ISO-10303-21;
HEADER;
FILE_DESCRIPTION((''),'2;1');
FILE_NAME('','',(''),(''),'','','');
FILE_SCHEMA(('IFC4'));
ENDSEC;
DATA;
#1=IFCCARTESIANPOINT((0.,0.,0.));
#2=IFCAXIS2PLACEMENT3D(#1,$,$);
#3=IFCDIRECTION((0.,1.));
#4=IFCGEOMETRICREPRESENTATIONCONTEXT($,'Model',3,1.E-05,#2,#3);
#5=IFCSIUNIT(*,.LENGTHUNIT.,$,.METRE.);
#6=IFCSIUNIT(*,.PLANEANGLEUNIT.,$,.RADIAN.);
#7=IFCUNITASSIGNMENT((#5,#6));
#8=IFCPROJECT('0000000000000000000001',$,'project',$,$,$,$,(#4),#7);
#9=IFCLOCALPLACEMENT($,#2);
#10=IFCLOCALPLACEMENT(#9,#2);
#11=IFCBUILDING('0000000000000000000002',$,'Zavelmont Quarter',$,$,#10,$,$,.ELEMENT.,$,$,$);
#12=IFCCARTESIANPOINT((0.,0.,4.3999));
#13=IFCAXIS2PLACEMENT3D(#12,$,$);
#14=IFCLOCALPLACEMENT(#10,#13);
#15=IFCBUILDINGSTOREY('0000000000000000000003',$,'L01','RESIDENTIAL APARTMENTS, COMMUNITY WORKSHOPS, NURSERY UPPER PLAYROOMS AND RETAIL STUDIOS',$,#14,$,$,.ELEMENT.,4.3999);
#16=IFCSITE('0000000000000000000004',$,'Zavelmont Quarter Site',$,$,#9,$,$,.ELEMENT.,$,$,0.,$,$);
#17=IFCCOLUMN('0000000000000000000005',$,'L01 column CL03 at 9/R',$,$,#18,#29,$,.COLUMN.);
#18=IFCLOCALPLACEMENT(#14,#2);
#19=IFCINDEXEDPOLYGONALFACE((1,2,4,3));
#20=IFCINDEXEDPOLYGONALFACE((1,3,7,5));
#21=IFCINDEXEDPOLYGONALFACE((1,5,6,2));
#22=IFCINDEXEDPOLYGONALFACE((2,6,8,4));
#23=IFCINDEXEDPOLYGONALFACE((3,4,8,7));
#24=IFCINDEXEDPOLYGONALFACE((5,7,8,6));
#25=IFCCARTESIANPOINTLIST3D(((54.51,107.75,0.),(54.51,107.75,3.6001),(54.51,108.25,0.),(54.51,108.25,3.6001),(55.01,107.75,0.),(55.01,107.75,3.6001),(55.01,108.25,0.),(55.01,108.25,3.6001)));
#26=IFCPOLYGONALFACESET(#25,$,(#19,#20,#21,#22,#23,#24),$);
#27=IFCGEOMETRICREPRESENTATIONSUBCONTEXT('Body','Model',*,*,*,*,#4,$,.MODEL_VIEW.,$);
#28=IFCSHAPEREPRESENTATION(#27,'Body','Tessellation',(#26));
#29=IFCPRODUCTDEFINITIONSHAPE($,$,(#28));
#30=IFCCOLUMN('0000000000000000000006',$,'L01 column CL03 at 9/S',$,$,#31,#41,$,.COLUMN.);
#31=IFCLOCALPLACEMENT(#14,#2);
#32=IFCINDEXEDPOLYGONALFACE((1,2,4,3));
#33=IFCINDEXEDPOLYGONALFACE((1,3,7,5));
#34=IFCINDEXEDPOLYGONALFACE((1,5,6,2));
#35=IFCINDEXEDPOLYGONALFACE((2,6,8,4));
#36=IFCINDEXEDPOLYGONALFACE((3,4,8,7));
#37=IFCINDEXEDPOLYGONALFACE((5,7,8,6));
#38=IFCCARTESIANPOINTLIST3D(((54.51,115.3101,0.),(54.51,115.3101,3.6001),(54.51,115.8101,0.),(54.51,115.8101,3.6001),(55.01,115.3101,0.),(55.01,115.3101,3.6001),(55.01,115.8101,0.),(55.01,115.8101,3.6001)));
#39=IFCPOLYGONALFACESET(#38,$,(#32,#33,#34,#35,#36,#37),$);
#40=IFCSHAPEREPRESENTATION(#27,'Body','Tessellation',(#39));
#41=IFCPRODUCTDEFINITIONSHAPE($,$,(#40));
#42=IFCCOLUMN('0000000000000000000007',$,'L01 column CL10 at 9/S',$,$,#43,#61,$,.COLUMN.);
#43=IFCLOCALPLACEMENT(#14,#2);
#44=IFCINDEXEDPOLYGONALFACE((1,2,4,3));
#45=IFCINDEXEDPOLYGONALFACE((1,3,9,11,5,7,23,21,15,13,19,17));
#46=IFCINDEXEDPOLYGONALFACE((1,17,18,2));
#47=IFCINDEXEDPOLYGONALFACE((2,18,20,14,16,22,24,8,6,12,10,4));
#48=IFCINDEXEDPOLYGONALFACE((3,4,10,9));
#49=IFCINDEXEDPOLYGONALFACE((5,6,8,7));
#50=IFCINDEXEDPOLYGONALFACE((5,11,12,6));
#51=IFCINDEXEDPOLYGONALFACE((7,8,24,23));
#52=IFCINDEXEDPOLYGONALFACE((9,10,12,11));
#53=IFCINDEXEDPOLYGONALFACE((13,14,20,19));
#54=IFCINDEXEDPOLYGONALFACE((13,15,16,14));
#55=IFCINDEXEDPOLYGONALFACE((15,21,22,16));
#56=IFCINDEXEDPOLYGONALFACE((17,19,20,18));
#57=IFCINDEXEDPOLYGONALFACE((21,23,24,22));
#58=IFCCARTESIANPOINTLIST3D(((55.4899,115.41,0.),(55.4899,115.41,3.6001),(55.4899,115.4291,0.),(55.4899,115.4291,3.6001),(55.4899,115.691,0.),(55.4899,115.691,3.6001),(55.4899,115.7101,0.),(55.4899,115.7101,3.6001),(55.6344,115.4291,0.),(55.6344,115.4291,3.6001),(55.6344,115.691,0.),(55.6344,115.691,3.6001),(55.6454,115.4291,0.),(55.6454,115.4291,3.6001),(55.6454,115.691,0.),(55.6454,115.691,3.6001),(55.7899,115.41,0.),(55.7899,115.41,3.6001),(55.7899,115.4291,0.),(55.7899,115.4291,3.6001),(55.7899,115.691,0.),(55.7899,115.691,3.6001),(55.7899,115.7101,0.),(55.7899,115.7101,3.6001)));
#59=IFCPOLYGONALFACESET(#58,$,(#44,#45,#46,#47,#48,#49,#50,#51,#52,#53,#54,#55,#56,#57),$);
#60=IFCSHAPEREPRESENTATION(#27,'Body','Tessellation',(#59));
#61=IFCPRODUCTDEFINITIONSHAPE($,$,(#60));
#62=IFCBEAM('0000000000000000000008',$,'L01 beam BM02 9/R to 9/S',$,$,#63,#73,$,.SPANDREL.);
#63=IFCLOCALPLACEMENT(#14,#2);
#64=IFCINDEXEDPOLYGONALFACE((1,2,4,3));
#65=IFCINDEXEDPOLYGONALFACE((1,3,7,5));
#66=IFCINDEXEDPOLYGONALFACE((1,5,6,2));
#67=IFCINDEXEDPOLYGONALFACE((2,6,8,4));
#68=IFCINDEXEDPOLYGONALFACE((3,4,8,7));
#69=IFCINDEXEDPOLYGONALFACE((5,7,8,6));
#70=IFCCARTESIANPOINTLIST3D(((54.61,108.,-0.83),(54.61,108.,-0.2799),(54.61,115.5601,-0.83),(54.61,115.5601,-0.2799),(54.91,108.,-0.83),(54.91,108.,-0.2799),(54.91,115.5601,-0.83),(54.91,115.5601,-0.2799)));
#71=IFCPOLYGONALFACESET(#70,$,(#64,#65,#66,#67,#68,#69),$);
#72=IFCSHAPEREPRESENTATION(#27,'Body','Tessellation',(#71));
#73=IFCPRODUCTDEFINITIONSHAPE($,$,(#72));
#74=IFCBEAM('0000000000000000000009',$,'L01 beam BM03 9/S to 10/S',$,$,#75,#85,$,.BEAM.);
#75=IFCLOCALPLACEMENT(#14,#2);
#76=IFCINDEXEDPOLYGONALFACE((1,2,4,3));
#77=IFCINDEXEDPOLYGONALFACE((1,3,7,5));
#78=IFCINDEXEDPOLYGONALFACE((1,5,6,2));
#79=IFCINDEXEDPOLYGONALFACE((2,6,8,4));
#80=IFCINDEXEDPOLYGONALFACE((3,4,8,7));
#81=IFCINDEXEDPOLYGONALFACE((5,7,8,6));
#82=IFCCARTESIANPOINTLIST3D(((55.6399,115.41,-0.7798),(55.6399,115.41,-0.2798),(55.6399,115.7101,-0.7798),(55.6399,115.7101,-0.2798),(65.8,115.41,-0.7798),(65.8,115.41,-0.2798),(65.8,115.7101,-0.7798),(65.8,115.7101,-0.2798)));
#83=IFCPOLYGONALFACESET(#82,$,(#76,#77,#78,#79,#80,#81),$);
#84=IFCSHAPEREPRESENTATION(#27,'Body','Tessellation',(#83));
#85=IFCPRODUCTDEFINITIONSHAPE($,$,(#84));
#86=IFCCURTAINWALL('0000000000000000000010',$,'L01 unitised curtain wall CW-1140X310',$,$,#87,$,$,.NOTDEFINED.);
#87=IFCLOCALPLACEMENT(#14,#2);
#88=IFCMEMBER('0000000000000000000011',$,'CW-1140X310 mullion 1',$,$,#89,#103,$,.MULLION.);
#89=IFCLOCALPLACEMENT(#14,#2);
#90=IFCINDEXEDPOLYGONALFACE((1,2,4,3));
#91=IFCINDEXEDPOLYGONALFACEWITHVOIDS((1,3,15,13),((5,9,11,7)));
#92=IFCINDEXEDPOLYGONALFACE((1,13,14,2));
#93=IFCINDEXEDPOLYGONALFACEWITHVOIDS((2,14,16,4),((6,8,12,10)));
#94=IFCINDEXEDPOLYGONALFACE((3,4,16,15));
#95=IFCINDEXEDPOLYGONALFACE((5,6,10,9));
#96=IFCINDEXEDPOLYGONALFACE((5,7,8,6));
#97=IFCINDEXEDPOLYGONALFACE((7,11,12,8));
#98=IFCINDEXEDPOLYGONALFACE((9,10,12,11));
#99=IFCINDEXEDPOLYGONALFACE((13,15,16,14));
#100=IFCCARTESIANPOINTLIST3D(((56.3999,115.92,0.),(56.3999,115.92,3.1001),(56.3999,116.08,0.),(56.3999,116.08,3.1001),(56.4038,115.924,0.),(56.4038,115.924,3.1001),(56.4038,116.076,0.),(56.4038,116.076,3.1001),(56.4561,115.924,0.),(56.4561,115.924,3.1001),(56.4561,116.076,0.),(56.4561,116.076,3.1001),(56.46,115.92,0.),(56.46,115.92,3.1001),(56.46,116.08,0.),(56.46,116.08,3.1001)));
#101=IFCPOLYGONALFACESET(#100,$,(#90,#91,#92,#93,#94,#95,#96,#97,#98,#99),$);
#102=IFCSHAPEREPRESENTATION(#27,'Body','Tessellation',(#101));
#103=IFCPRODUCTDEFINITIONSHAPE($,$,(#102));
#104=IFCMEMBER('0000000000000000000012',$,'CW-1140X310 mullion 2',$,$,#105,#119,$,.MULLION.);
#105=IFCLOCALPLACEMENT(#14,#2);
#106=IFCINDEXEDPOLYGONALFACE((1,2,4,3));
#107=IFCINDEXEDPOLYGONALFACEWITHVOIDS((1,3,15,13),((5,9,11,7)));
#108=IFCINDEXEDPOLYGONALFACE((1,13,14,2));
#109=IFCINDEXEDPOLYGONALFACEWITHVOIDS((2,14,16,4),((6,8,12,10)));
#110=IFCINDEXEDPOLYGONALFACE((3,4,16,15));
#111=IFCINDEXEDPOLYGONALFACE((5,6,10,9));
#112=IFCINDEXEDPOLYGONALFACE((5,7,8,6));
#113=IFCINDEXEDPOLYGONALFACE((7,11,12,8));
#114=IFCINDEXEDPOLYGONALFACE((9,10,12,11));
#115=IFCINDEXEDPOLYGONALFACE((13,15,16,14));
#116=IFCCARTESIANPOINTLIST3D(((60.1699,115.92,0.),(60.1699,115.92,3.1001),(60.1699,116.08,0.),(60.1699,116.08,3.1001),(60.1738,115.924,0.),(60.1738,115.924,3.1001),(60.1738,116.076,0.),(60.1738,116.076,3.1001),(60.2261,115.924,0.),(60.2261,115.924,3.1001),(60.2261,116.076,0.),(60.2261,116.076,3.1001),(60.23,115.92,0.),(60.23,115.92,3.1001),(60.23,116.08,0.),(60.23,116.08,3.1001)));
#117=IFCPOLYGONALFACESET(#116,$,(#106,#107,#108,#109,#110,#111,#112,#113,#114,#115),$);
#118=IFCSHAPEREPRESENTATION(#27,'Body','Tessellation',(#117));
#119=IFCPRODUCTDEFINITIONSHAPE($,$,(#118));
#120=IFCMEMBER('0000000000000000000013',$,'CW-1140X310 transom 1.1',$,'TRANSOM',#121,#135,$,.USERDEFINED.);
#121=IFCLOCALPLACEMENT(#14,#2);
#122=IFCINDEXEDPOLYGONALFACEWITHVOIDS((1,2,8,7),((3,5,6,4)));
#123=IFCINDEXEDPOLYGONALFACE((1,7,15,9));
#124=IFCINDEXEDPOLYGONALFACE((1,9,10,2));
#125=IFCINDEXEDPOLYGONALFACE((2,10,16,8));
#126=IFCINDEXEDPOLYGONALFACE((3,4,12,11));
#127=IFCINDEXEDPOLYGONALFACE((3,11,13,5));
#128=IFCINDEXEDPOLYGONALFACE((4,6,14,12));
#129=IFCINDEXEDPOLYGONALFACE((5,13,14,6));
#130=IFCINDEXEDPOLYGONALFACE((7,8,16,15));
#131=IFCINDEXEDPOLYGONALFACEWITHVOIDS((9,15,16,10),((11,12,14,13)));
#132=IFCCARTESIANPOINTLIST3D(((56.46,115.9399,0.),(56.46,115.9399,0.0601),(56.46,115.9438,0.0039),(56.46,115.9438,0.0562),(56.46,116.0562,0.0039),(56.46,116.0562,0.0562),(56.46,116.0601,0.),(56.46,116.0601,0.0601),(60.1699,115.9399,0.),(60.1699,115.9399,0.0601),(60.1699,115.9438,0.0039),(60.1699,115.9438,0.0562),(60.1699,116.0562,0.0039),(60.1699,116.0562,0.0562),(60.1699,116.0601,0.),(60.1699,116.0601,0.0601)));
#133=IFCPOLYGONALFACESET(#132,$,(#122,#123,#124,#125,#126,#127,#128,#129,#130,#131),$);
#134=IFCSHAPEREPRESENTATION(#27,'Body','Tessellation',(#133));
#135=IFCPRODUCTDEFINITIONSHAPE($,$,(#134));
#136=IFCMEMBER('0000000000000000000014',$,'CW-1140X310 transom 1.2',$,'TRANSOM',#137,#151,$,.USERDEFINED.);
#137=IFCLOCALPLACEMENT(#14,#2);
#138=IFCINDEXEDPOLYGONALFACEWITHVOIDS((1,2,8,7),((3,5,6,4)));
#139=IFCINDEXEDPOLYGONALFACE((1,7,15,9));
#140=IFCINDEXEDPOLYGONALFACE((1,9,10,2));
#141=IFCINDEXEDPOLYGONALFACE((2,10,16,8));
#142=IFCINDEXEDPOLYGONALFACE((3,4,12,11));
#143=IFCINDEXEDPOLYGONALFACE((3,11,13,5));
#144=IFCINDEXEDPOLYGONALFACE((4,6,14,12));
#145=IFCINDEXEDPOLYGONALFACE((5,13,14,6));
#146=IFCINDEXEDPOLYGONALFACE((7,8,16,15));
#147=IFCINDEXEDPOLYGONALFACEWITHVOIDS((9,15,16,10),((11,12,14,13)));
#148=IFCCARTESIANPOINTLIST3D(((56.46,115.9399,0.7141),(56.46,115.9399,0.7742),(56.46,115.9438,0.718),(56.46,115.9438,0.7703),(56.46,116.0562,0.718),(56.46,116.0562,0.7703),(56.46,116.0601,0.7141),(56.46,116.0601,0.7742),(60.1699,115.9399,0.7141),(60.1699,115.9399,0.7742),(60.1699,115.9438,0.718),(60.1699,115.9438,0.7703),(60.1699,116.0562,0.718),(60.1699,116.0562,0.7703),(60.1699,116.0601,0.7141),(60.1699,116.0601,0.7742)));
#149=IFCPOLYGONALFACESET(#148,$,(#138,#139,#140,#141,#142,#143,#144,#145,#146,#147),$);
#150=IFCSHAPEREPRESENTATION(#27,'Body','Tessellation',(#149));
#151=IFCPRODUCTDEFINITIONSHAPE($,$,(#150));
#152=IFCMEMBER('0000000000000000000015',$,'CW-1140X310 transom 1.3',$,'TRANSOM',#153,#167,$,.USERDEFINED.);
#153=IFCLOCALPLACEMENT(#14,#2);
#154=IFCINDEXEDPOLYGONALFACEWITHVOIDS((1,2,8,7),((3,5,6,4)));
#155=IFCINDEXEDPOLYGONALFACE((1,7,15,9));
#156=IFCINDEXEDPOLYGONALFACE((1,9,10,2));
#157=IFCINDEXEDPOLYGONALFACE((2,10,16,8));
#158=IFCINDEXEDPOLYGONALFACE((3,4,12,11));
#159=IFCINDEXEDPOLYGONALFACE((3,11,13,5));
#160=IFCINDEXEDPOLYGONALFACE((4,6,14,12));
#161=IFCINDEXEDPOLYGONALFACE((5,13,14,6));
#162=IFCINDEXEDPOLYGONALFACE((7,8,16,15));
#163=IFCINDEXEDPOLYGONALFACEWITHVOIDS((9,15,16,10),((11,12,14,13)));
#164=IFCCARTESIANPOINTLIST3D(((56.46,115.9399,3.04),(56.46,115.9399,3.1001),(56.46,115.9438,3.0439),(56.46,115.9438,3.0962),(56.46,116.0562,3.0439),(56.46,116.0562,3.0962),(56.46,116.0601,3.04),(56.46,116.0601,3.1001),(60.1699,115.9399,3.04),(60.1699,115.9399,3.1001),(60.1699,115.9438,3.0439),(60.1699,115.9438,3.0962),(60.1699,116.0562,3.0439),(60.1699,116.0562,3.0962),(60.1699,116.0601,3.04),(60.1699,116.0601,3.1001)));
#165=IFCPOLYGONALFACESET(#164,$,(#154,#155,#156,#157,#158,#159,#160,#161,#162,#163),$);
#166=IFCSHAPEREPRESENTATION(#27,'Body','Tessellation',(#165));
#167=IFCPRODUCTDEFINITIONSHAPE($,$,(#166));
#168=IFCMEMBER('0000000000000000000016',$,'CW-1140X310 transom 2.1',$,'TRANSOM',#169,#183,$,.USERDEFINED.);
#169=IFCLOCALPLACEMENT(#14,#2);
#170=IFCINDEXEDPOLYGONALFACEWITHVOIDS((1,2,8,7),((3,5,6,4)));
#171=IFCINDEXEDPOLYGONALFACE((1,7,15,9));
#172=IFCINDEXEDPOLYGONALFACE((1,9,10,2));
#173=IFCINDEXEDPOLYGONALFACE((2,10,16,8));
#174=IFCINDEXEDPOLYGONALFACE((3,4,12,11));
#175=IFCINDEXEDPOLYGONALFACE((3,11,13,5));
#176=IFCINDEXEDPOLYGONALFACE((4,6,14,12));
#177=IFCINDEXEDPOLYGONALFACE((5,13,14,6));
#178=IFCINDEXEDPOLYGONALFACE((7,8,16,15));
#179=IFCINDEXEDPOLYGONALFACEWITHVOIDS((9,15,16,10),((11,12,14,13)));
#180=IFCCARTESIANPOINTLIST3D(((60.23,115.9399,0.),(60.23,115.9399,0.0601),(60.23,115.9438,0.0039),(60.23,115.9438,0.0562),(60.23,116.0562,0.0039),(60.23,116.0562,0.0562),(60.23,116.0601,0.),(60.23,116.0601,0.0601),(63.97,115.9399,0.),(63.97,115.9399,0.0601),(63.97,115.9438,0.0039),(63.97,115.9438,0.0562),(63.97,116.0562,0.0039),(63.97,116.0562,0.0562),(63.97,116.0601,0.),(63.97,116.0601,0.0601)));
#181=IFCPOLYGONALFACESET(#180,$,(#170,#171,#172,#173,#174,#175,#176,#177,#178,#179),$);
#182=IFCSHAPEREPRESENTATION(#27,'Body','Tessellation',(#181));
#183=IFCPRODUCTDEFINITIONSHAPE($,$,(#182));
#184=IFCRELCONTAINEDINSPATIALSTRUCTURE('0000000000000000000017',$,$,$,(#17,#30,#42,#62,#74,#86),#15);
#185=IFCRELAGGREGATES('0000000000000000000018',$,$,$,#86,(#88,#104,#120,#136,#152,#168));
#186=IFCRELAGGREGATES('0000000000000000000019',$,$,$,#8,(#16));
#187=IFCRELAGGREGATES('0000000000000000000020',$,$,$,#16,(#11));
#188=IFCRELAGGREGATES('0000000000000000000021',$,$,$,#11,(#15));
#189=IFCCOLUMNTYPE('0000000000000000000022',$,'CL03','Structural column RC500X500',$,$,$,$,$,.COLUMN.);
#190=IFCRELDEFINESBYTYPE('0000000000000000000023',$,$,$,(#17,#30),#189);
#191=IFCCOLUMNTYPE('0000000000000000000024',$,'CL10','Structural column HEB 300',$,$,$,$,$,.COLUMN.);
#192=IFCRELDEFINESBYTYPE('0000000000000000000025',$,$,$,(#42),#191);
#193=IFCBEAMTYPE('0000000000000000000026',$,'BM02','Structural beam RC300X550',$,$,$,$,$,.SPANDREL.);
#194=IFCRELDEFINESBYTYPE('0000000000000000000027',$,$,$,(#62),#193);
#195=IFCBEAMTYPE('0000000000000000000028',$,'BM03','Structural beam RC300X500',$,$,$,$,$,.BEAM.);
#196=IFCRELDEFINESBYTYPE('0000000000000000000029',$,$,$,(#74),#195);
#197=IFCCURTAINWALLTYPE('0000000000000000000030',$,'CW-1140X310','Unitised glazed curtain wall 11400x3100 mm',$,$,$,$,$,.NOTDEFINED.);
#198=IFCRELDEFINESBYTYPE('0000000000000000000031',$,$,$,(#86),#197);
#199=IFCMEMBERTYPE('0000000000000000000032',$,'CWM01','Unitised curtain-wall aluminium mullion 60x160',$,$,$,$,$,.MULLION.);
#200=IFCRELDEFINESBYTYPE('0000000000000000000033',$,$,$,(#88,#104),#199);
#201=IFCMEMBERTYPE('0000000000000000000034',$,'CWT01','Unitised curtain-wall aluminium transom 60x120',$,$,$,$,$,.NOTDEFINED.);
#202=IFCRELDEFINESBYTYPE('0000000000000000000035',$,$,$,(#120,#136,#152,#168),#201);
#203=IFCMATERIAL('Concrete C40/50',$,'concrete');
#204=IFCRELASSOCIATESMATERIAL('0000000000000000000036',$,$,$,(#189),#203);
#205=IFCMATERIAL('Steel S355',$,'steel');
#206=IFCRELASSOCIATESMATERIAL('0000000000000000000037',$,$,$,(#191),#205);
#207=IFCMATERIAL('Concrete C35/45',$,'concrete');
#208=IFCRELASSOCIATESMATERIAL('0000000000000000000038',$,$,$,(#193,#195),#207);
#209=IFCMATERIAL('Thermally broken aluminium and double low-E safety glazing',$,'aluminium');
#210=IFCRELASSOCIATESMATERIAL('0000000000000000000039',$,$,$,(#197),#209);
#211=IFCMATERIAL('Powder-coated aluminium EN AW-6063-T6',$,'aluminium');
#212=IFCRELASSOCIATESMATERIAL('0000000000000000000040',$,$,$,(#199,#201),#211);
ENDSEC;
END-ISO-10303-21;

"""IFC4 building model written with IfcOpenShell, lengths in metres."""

from ifc_helpers import new_model, si_unit, direction, frame, origin, origin_2d, place, context, subcontext, project, spatial, rectangle, hollow_rectangle, i_section, extrude, material, material_profile, profile_set, type_object, element, aggregate, save


model = new_model("IFC4")

# Units and contexts
model_context = context("Model", 3, precision=1e-05, world=origin(), true_north=direction((0.0, 1.0)))
body_context = subcontext(model_context, "Body", "Model", "MODEL_VIEW")
ifc_project = project(units=[si_unit("LENGTHUNIT", "METRE"), si_unit("PLANEANGLEUNIT", "RADIAN")], contexts=[model_context])

# Site, building, storey
site_placement = place(None, origin())
site = spatial("IfcSite", under=ifc_project, at=site_placement, Name="Zavelmont Quarter Site", CompositionType="ELEMENT", RefElevation=0.0)
building_placement = place(site_placement, origin())
building = spatial("IfcBuilding", under=site, at=building_placement, Name="Zavelmont Quarter", CompositionType="ELEMENT")
storey_placement = place(building_placement, frame((0.0, 0.0, 4.3999)))
storey = spatial("IfcBuildingStorey", under=building, at=storey_placement, Name="L01", Description="RESIDENTIAL APARTMENTS, COMMUNITY WORKSHOPS, NURSERY UPPER PLAYROOMS AND RETAIL STUDIOS", CompositionType="ELEMENT", Elevation=4.3999)

# Columns
ifc_material_1 = material(Name="Concrete C40/50", Category="concrete")
ifc_material_profile_1 = material_profile(ifc_material_1, rectangle(XDim=0.5, YDim=0.5, at=origin_2d()), Name="RC500X500")
ifc_profile_set_1 = profile_set([ifc_material_profile_1], Name="Concrete C40/50")
column_type_1 = type_object("IfcColumnType", Name="CL03", Description="Structural column RC500X500", PredefinedType="COLUMN", material=ifc_profile_set_1)
for number, where, z_axis, x_axis, name in (
    (1, (54.76, 108.0, 0.0), (0.0, 0.0, 1.0), (1.0, 0.0, 0.0), "L01 column CL03 at 9/R"),
    (2, (54.76, 115.5601, 0.0), (0.0, 0.0, 1.0), (1.0, 0.0, 0.0), "L01 column CL03 at 9/S"),
):
    element("IfcColumn", number, at=place(storey_placement, frame(where, z_axis=z_axis, x_axis=x_axis)), inside=storey, type_object=column_type_1, Name=name, PredefinedType="COLUMN", context=body_context, shape_type="SweptSolid", body=[
        extrude(rectangle(XDim=0.5, YDim=0.5, at=origin_2d()), origin(), (0.0, 0.0, 1.0), 3.6001),
    ])
ifc_material_2 = material(Name="Steel S355", Category="steel")
ifc_material_profile_2 = material_profile(ifc_material_2, i_section(OverallWidth=0.3, OverallDepth=0.3, WebThickness=0.011, FlangeThickness=0.019, at=origin_2d()), Name="HEB 300")
ifc_profile_set_2 = profile_set([ifc_material_profile_2], Name="Steel S355")
column_type_2 = type_object("IfcColumnType", Name="CL10", Description="Structural column HEB 300", PredefinedType="COLUMN", material=ifc_profile_set_2)
column_placement = place(storey_placement, frame((55.6399, 115.5601, 0.0), z_axis=(0.0, 0.0, 1.0), x_axis=(1.0, 0.0, 0.0)))
element("IfcColumn", 3, at=column_placement, inside=storey, type_object=column_type_2, Name="L01 column CL10 at 9/S", PredefinedType="COLUMN", context=body_context, shape_type="SweptSolid", body=[
    extrude(i_section(OverallWidth=0.3, OverallDepth=0.3, WebThickness=0.011, FlangeThickness=0.019, at=origin_2d()), origin(), (0.0, 0.0, 1.0), 3.6001),
])

# Beams
ifc_material_3 = material(Name="Concrete C35/45", Category="concrete")
ifc_material_profile_3 = material_profile(ifc_material_3, rectangle(XDim=0.3, YDim=0.55, at=origin_2d()), Name="RC300X550")
ifc_profile_set_3 = profile_set([ifc_material_profile_3], Name="Concrete C35/45")
beam_type_1 = type_object("IfcBeamType", Name="BM02", Description="Structural beam RC300X550", PredefinedType="SPANDREL", material=ifc_profile_set_3)
beam_1_placement = place(storey_placement, frame((54.76, 108.0, -0.5549), z_axis=(0.0, 1.0, 0.0), x_axis=(-1.0, 0.0, 0.0)))
element("IfcBeam", 4, at=beam_1_placement, inside=storey, type_object=beam_type_1, Name="L01 beam BM02 9/R to 9/S", PredefinedType="SPANDREL", context=body_context, shape_type="SweptSolid", body=[
    extrude(rectangle(XDim=0.3, YDim=0.55, at=origin_2d()), origin(), (0.0, 0.0, 1.0), 7.5601),
])
ifc_material_profile_4 = material_profile(ifc_material_3, rectangle(XDim=0.3, YDim=0.5, at=origin_2d()), Name="RC300X500")
ifc_profile_set_4 = profile_set([ifc_material_profile_4], Name="Concrete C35/45")
beam_type_2 = type_object("IfcBeamType", Name="BM03", Description="Structural beam RC300X500", PredefinedType="BEAM", material=ifc_profile_set_4)
beam_2_placement = place(storey_placement, frame((55.6399, 115.5601, -0.5298), z_axis=(1.0, 0.0, 0.0), x_axis=(0.0, 1.0, 0.0)))
element("IfcBeam", 5, at=beam_2_placement, inside=storey, type_object=beam_type_2, Name="L01 beam BM03 9/S to 10/S", PredefinedType="BEAM", context=body_context, shape_type="SweptSolid", body=[
    extrude(rectangle(XDim=0.3, YDim=0.5, at=origin_2d()), origin(), (0.0, 0.0, 1.0), 10.1602),
])

# Curtain wall, members
ifc_material_4 = material(Name="Thermally broken aluminium and double low-E safety glazing", Category="aluminium")
curtain_wall_type = type_object("IfcCurtainWallType", Name="CW-1140X310", Description="Unitised glazed curtain wall 11400x3100 mm", PredefinedType="NOTDEFINED", material=ifc_material_4)
curtain_wall_placement = place(storey_placement, origin())
curtain_wall = element("IfcCurtainWall", 6, at=curtain_wall_placement, inside=storey, type_object=curtain_wall_type, Name="L01 unitised curtain wall CW-1140X310", PredefinedType="NOTDEFINED")
ifc_material_5 = material(Name="Powder-coated aluminium EN AW-6063-T6", Category="aluminium")
ifc_material_profile_5 = material_profile(ifc_material_5, hollow_rectangle(XDim=0.0601, YDim=0.1599, WallThickness=0.0039, at=origin_2d()), Name="CWM60X160")
ifc_profile_set_5 = profile_set([ifc_material_profile_5], Name="Powder-coated aluminium EN AW-6063-T6")
member_type_1 = type_object("IfcMemberType", Name="CWM01", Description="Unitised curtain-wall aluminium mullion 60x160", PredefinedType="MULLION", material=ifc_profile_set_5)
member_1_placement = place(storey_placement, frame((56.4299, 116.0, 0.0), z_axis=(0.0, 0.0, 1.0), x_axis=(1.0, 0.0, 0.0)))
member_1 = element("IfcMember", 7, at=member_1_placement, type_object=member_type_1, Name="CW-1140X310 mullion 1", PredefinedType="MULLION", context=body_context, shape_type="SweptSolid", body=[
    extrude(hollow_rectangle(XDim=0.0601, YDim=0.1599, WallThickness=0.0039, at=origin_2d()), origin(), (0.0, 0.0, 1.0), 3.1001),
])
member_2_placement = place(storey_placement, frame((60.2, 116.0, 0.0), z_axis=(0.0, 0.0, 1.0), x_axis=(1.0, 0.0, 0.0)))
member_2 = element("IfcMember", 8, at=member_2_placement, type_object=member_type_1, Name="CW-1140X310 mullion 2", PredefinedType="MULLION", context=body_context, shape_type="SweptSolid", body=[
    extrude(hollow_rectangle(XDim=0.0601, YDim=0.1599, WallThickness=0.0039, at=origin_2d()), origin(), (0.0, 0.0, 1.0), 3.1001),
])
ifc_material_profile_6 = material_profile(ifc_material_5, hollow_rectangle(XDim=0.1201, YDim=0.0601, WallThickness=0.0039, at=origin_2d()), Name="CWT60X120")
ifc_profile_set_6 = profile_set([ifc_material_profile_6], Name="Powder-coated aluminium EN AW-6063-T6")
member_type_2 = type_object("IfcMemberType", Name="CWT01", Description="Unitised curtain-wall aluminium transom 60x120", PredefinedType="NOTDEFINED", material=ifc_profile_set_6)
member_3_placement = place(storey_placement, frame((56.46, 116.0, 0.03), z_axis=(1.0, 0.0, 0.0), x_axis=(0.0, 1.0, 0.0)))
member_3 = element("IfcMember", 9, at=member_3_placement, type_object=member_type_2, Name="CW-1140X310 transom 1.1", ObjectType="TRANSOM", PredefinedType="USERDEFINED", context=body_context, shape_type="SweptSolid", body=[
    extrude(hollow_rectangle(XDim=0.1201, YDim=0.0601, WallThickness=0.0039, at=origin_2d()), origin(), (0.0, 0.0, 1.0), 3.71),
])
member_4_placement = place(storey_placement, frame((56.46, 116.0, 0.7441), z_axis=(1.0, 0.0, 0.0), x_axis=(0.0, 1.0, 0.0)))
member_4 = element("IfcMember", 10, at=member_4_placement, type_object=member_type_2, Name="CW-1140X310 transom 1.2", ObjectType="TRANSOM", PredefinedType="USERDEFINED", context=body_context, shape_type="SweptSolid", body=[
    extrude(hollow_rectangle(XDim=0.1201, YDim=0.0601, WallThickness=0.0039, at=origin_2d()), origin(), (0.0, 0.0, 1.0), 3.71),
])
member_5_placement = place(storey_placement, frame((56.46, 116.0, 3.0701), z_axis=(1.0, 0.0, 0.0), x_axis=(0.0, 1.0, 0.0)))
member_5 = element("IfcMember", 11, at=member_5_placement, type_object=member_type_2, Name="CW-1140X310 transom 1.3", ObjectType="TRANSOM", PredefinedType="USERDEFINED", context=body_context, shape_type="SweptSolid", body=[
    extrude(hollow_rectangle(XDim=0.1201, YDim=0.0601, WallThickness=0.0039, at=origin_2d()), origin(), (0.0, 0.0, 1.0), 3.71),
])
member_6_placement = place(storey_placement, frame((60.23, 116.0, 0.03), z_axis=(1.0, 0.0, 0.0), x_axis=(0.0, 1.0, 0.0)))
member_6 = element("IfcMember", 12, at=member_6_placement, type_object=member_type_2, Name="CW-1140X310 transom 2.1", ObjectType="TRANSOM", PredefinedType="USERDEFINED", context=body_context, shape_type="SweptSolid", body=[
    extrude(hollow_rectangle(XDim=0.1201, YDim=0.0601, WallThickness=0.0039, at=origin_2d()), origin(), (0.0, 0.0, 1.0), 3.74),
])

aggregate(curtain_wall, [member_1, member_2, member_3, member_4, member_5, member_6])

save(model, "model.ifc")
